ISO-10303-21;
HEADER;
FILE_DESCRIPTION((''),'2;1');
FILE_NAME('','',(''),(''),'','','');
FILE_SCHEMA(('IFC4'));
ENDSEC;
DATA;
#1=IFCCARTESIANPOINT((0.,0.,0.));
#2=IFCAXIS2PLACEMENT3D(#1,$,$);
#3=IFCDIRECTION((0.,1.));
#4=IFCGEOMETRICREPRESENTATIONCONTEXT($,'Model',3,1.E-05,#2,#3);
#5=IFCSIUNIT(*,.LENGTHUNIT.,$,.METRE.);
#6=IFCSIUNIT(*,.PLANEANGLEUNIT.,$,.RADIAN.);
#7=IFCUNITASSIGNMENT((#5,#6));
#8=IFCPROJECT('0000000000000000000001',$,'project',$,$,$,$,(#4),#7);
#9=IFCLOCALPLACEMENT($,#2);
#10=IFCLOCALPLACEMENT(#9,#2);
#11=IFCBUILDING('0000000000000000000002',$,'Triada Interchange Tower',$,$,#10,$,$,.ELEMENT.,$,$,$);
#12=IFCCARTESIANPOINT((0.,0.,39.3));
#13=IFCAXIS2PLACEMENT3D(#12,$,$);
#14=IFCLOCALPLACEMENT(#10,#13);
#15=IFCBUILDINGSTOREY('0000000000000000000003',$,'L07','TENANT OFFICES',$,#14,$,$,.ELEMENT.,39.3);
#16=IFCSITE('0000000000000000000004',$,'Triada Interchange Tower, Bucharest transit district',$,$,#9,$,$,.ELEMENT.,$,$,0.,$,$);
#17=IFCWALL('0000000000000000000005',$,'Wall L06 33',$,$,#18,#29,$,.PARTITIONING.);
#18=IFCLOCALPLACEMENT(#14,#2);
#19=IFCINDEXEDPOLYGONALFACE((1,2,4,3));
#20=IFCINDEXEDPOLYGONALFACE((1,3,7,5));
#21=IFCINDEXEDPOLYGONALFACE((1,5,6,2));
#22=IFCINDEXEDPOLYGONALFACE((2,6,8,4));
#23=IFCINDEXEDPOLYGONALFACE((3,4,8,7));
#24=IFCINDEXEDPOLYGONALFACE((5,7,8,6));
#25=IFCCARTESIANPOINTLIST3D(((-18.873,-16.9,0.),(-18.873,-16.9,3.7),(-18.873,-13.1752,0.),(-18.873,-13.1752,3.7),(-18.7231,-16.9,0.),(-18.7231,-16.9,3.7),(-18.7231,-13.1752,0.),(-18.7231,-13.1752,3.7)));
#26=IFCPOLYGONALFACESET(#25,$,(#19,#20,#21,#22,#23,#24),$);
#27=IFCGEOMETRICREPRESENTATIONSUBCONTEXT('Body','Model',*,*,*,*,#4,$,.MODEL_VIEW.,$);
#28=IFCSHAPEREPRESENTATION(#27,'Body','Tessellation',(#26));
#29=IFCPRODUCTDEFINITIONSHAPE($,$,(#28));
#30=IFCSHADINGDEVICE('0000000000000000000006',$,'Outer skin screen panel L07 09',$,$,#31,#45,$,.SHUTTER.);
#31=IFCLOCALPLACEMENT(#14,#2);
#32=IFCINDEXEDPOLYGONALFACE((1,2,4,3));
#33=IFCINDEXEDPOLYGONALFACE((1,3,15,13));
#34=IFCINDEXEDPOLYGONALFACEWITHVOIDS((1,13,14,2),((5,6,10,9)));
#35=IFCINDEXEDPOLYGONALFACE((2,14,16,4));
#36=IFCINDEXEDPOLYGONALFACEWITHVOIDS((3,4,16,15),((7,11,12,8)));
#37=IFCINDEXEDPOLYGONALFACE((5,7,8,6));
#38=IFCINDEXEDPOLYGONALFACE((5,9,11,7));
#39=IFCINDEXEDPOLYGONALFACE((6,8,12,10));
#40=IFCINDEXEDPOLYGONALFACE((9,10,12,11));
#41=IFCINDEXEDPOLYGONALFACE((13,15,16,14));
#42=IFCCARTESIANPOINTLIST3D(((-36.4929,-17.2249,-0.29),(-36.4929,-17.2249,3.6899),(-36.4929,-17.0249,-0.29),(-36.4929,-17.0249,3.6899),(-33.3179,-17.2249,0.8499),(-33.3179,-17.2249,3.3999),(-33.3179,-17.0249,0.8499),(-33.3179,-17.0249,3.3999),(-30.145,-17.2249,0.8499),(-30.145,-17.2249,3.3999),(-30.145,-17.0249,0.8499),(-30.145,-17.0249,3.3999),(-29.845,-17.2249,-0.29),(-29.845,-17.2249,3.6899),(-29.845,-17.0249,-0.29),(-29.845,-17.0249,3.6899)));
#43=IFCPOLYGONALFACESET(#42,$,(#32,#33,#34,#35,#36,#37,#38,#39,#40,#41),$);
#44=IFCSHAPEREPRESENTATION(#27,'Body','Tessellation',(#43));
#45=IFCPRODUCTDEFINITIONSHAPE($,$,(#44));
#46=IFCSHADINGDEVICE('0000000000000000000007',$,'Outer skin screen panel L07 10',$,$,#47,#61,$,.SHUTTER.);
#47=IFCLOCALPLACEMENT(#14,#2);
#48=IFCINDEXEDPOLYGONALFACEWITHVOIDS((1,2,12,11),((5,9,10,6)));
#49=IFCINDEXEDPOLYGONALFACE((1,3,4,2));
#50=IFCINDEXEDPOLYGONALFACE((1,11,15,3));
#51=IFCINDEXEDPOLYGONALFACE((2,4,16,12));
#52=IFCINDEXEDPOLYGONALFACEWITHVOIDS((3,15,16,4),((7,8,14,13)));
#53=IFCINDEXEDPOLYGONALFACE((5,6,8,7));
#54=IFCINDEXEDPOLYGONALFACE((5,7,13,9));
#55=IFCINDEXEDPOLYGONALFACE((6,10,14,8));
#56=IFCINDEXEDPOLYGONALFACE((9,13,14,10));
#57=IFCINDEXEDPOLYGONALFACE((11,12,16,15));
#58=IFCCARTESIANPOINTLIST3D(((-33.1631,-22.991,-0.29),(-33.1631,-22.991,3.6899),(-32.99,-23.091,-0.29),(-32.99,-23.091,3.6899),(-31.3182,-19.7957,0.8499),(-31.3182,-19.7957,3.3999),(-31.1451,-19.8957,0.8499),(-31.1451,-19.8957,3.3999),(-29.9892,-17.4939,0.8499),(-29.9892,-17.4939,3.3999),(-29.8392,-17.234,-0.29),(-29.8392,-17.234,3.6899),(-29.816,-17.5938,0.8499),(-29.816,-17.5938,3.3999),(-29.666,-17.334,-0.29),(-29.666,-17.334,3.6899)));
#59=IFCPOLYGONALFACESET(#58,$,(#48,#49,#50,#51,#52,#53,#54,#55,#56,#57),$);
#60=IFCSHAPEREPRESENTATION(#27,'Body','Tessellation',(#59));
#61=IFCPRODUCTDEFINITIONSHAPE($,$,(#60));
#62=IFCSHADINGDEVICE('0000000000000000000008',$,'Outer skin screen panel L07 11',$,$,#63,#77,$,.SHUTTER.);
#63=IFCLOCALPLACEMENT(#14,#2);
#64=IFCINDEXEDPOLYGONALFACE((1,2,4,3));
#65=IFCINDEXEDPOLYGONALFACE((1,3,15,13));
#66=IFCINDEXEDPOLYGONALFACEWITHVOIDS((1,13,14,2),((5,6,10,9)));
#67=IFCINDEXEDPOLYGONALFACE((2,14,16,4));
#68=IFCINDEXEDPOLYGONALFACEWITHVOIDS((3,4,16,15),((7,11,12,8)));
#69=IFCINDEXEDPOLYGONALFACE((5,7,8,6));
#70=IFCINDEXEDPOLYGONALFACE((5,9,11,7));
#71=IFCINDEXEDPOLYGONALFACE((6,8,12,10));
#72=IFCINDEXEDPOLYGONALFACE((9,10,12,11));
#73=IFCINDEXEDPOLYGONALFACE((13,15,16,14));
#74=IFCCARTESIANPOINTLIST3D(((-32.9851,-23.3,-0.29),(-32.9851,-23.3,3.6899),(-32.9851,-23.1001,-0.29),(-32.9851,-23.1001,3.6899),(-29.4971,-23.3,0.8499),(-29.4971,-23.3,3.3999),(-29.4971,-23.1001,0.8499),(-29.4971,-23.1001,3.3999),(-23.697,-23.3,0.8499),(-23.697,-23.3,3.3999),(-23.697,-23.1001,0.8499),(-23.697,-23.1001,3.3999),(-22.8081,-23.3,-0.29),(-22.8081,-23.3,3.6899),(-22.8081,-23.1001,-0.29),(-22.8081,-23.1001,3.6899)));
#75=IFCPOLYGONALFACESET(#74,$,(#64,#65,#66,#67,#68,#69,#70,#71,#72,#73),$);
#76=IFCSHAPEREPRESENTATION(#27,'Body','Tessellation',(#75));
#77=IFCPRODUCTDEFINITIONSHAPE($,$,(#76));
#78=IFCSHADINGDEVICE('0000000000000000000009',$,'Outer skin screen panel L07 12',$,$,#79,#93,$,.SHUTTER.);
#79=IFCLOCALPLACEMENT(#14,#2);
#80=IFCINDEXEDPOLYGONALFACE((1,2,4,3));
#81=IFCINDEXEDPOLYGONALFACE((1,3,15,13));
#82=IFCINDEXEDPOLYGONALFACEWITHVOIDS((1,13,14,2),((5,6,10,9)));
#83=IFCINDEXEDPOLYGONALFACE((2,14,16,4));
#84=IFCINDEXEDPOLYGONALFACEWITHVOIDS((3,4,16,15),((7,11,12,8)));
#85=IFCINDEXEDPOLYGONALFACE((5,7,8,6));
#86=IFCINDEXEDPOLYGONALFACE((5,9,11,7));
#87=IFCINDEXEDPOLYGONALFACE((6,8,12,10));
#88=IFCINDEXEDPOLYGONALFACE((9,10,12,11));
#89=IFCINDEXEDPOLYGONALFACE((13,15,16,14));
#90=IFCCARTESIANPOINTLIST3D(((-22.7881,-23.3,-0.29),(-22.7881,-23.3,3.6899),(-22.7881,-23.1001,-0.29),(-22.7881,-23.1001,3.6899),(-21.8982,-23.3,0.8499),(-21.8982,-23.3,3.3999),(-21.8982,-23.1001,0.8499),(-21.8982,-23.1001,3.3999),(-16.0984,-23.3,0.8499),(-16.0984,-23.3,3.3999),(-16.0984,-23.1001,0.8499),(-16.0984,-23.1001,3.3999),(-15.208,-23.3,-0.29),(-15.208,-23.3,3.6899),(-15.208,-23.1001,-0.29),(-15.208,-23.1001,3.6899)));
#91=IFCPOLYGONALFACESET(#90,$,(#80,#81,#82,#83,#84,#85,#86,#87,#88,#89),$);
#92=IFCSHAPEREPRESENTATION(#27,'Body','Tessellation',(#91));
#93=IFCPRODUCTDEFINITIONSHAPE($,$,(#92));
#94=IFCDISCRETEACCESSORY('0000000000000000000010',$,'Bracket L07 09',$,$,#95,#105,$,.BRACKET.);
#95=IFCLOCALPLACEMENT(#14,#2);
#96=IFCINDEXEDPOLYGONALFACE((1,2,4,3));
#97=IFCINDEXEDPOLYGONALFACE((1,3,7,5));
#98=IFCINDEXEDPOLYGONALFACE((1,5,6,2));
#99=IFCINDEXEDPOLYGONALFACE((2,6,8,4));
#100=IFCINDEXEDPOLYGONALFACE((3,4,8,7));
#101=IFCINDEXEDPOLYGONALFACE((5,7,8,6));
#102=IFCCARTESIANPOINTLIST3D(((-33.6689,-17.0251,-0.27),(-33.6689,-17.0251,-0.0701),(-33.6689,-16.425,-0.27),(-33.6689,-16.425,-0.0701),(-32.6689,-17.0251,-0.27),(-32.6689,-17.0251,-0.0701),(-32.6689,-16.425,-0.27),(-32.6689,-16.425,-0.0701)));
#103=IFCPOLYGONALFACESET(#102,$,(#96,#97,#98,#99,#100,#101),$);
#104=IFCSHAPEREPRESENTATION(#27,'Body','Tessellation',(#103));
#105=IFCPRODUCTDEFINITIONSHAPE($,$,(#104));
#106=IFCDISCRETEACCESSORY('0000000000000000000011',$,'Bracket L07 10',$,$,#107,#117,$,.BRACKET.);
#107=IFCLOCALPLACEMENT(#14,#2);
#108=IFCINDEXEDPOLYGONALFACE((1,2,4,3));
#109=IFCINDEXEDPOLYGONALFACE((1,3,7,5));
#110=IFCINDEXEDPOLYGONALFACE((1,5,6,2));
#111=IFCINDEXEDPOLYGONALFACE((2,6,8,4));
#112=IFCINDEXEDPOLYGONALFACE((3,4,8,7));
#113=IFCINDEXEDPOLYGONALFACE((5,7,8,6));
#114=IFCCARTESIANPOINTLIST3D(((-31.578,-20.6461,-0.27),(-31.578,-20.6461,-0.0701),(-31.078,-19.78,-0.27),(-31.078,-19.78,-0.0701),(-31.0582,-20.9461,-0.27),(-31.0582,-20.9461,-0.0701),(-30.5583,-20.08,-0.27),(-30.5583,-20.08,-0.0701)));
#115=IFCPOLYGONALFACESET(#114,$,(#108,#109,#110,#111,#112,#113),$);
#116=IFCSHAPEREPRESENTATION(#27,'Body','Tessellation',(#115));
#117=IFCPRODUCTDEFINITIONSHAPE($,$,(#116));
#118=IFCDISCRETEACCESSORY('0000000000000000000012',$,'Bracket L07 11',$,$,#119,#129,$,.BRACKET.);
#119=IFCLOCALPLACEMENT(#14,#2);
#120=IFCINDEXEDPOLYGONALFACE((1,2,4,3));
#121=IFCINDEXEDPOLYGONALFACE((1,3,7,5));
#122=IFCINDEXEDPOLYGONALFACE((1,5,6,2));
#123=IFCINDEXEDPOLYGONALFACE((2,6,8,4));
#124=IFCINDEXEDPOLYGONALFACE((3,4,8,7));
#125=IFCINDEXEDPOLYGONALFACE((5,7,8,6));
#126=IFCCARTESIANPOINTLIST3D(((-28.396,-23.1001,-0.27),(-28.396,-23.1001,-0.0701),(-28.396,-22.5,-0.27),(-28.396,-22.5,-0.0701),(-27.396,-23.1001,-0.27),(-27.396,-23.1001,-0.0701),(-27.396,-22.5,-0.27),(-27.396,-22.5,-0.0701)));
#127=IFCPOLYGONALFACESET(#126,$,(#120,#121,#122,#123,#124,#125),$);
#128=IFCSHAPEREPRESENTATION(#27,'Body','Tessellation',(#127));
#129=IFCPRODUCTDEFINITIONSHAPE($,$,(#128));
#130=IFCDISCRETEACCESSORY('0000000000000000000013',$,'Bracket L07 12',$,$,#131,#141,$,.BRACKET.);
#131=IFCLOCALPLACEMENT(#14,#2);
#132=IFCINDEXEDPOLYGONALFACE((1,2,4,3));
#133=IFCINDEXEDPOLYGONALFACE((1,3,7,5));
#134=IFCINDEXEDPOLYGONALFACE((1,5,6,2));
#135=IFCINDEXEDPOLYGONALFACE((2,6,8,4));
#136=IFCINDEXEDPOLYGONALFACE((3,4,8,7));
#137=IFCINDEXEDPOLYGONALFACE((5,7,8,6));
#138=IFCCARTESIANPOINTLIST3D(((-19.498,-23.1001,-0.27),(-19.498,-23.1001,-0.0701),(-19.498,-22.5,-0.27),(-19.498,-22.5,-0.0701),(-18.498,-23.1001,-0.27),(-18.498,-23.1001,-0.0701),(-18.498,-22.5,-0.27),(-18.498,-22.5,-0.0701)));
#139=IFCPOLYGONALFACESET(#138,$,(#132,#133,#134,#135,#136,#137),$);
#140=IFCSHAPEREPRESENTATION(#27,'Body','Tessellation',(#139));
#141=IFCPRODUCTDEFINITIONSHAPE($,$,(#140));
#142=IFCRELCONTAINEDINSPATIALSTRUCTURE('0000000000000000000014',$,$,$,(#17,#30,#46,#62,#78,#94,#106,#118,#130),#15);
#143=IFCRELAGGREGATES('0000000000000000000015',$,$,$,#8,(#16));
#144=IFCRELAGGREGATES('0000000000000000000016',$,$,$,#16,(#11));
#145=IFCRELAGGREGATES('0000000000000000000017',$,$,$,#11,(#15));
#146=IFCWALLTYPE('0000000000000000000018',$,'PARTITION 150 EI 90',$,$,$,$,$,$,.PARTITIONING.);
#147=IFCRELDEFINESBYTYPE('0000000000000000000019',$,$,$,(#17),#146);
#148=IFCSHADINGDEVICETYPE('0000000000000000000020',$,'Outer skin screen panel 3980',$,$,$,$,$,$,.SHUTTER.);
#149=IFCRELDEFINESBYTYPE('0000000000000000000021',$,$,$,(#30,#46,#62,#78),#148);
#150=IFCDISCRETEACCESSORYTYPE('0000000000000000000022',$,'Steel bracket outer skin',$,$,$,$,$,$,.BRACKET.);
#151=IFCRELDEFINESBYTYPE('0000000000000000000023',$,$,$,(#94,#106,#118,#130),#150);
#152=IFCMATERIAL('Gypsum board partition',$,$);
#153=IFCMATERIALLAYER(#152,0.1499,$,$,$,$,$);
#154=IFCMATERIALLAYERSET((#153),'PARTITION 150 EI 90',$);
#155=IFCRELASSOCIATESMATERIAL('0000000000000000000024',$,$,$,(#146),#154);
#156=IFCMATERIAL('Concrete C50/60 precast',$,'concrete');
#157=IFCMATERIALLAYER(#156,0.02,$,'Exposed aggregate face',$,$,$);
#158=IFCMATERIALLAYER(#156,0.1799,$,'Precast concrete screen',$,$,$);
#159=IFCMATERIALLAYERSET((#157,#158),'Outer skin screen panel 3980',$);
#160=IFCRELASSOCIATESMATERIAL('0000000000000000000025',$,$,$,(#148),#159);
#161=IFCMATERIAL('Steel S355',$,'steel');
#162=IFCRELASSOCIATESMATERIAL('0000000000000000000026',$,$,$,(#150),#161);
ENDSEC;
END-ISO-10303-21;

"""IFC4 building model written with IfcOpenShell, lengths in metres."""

from ifc_helpers import new_model, si_unit, direction, frame, frame_2d, origin, origin_2d, place, context, subcontext, project, spatial, polyline, rectangle, outline, extrude, material, layer, layer_set, type_object, element, save


model = new_model("IFC4")

# Units and contexts
model_context = context("Model", 3, precision=1e-05, world=origin(), true_north=direction((0.0, 1.0)))
body_context = subcontext(model_context, "Body", "Model", "MODEL_VIEW")
ifc_project = project(units=[si_unit("LENGTHUNIT", "METRE"), si_unit("PLANEANGLEUNIT", "RADIAN")], contexts=[model_context])

# Site, building, storey
site_placement = place(None, origin())
site = spatial("IfcSite", under=ifc_project, at=site_placement, Name="Triada Interchange Tower, Bucharest transit district", CompositionType="ELEMENT", RefElevation=0.0)
building_placement = place(site_placement, origin())
building = spatial("IfcBuilding", under=site, at=building_placement, Name="Triada Interchange Tower", CompositionType="ELEMENT")
storey_placement = place(building_placement, frame((0.0, 0.0, 39.3)))
storey = spatial("IfcBuildingStorey", under=building, at=storey_placement, Name="L07", Description="TENANT OFFICES", CompositionType="ELEMENT", Elevation=39.3)

# Wall
ifc_material_1 = material(Name="Gypsum board partition")
ifc_layer_1 = layer(ifc_material_1, 0.1499)
ifc_layer_set_1 = layer_set([ifc_layer_1], Name="PARTITION 150 EI 90")
wall_type_1 = type_object("IfcWallType", Name="PARTITION 150 EI 90", PredefinedType="PARTITIONING", material=ifc_layer_set_1)
wall_1_placement = place(storey_placement, frame((-18.7981, -16.8999, 0.0), z_axis=(0.0, 0.0, 1.0), x_axis=(0.0, 1.0, 0.0)))
element("IfcWall", 1, at=wall_1_placement, inside=storey, type_object=wall_type_1, Name="Wall L06 33", PredefinedType="PARTITIONING", context=body_context, shape_type="SweptSolid", body=[
    extrude(rectangle(XDim=3.7249, YDim=0.1499, at=frame_2d((1.8623, 0.0))), origin(), (0.0, 0.0, 1.0), 3.7),
])

# Shading devices
ifc_material_2 = material(Name="Concrete C50/60 precast", Category="concrete")
ifc_layer_2 = layer(ifc_material_2, 0.02, Name="Exposed aggregate face")
ifc_layer_3 = layer(ifc_material_2, 0.1799, Name="Precast concrete screen")
ifc_layer_set_2 = layer_set([ifc_layer_2, ifc_layer_3], Name="Outer skin screen panel 3980")
shading_device_type = type_object("IfcShadingDeviceType", Name="Outer skin screen panel 3980", PredefinedType="SHUTTER", material=ifc_layer_set_2)
shading_device_1_placement = place(storey_placement, frame((-36.4929, -17.0249, -0.29), z_axis=(0.0, 0.0, 1.0), x_axis=(1.0, 0.0, 0.0)))
element("IfcShadingDevice", 2, at=shading_device_1_placement, inside=storey, type_object=shading_device_type, Name="Outer skin screen panel L07 09", PredefinedType="SHUTTER", context=body_context, shape_type="SweptSolid", body=[
    extrude(outline(polyline([(0.0, 0.0), (6.6479, 0.0), (6.6479, 3.98), (0.0, 3.98), (0.0, 0.0)]), holes=[polyline([(3.175, 1.1399), (3.175, 3.6899), (6.3479, 3.6899), (6.3479, 1.1399), (3.175, 1.1399)])]), frame((0.0, 0.0, 0.0), z_axis=(0.0, -1.0, 0.0), x_axis=(1.0, 0.0, 0.0)), (0.0, 0.0, 1.0), 0.2),
])
shading_device_2_placement = place(storey_placement, frame((-29.666, -17.334, -0.29), z_axis=(0.0, 0.0, 1.0), x_axis=(-0.500014, -0.866017, 0.0)))
element("IfcShadingDevice", 3, at=shading_device_2_placement, inside=storey, type_object=shading_device_type, Name="Outer skin screen panel L07 10", PredefinedType="SHUTTER", context=body_context, shape_type="SweptSolid", body=[
    extrude(outline(polyline([(0.0, 0.0), (6.6477, 0.0), (6.6477, 3.98), (0.0, 3.98), (0.0, 0.0)]), holes=[polyline([(0.3, 1.1399), (0.3, 3.6899), (2.958, 3.6899), (2.958, 1.1399), (0.3, 1.1399)])]), frame((0.0, 0.0, 0.0), z_axis=(0.0, -1.0, 0.0), x_axis=(1.0, 0.0, 0.0)), (0.0, 0.0, 1.0), 0.2),
])
shading_device_3_placement = place(storey_placement, frame((-32.9851, -23.1001, -0.29), z_axis=(0.0, 0.0, 1.0), x_axis=(1.0, 0.0, 0.0)))
element("IfcShadingDevice", 4, at=shading_device_3_placement, inside=storey, type_object=shading_device_type, Name="Outer skin screen panel L07 11", PredefinedType="SHUTTER", context=body_context, shape_type="SweptSolid", body=[
    extrude(outline(polyline([(0.0, 0.0), (10.177, 0.0), (10.177, 3.98), (0.0, 3.98), (0.0, 0.0)]), holes=[polyline([(3.488, 1.1399), (3.488, 3.6899), (9.2881, 3.6899), (9.2881, 1.1399), (3.488, 1.1399)])]), frame((0.0, 0.0, 0.0), z_axis=(0.0, -1.0, 0.0), x_axis=(1.0, 0.0, 0.0)), (0.0, 0.0, 1.0), 0.2),
])
shading_device_4_placement = place(storey_placement, frame((-22.7881, -23.1001, -0.29), z_axis=(0.0, 0.0, 1.0), x_axis=(1.0, 0.0, 0.0)))
element("IfcShadingDevice", 5, at=shading_device_4_placement, inside=storey, type_object=shading_device_type, Name="Outer skin screen panel L07 12", PredefinedType="SHUTTER", context=body_context, shape_type="SweptSolid", body=[
    extrude(outline(polyline([(0.0, 0.0), (7.5801, 0.0), (7.5801, 3.98), (0.0, 3.98), (0.0, 0.0)]), holes=[polyline([(0.8899, 1.1399), (0.8899, 3.6899), (6.6897, 3.6899), (6.6897, 1.1399), (0.8899, 1.1399)])]), frame((0.0, 0.0, 0.0), z_axis=(0.0, -1.0, 0.0), x_axis=(1.0, 0.0, 0.0)), (0.0, 0.0, 1.0), 0.2),
])

# Discrete accessories
ifc_material_3 = material(Name="Steel S355", Category="steel")
discrete_accessory_type = type_object("IfcDiscreteAccessoryType", Name="Steel bracket outer skin", PredefinedType="BRACKET", material=ifc_material_3)
for number, where, z_axis, x_axis, name in (
    (6, (-33.1689, -16.7251, -0.27), (0.0, 0.0, 1.0), (0.0, -1.0, 0.0), "Bracket L07 09"),
    (7, (-31.0681, -20.363, -0.27), (0.0, 0.0, 1.0), (-0.86605, 0.499957, 0.0), "Bracket L07 10"),
    (8, (-27.896, -22.8, -0.27), (0.0, 0.0, 1.0), (0.0, -1.0, 0.0), "Bracket L07 11"),
    (9, (-18.998, -22.8, -0.27), (0.0, 0.0, 1.0), (0.0, -1.0, 0.0), "Bracket L07 12"),
):
    element("IfcDiscreteAccessory", number, at=place(storey_placement, frame(where, z_axis=z_axis, x_axis=x_axis)), inside=storey, type_object=discrete_accessory_type, Name=name, PredefinedType="BRACKET", context=body_context, shape_type="SweptSolid", body=[
        extrude(rectangle(XDim=0.6001, YDim=1.0, at=origin_2d()), origin(), (0.0, 0.0, 1.0), 0.2),
    ])

save(model, "model.ifc")
